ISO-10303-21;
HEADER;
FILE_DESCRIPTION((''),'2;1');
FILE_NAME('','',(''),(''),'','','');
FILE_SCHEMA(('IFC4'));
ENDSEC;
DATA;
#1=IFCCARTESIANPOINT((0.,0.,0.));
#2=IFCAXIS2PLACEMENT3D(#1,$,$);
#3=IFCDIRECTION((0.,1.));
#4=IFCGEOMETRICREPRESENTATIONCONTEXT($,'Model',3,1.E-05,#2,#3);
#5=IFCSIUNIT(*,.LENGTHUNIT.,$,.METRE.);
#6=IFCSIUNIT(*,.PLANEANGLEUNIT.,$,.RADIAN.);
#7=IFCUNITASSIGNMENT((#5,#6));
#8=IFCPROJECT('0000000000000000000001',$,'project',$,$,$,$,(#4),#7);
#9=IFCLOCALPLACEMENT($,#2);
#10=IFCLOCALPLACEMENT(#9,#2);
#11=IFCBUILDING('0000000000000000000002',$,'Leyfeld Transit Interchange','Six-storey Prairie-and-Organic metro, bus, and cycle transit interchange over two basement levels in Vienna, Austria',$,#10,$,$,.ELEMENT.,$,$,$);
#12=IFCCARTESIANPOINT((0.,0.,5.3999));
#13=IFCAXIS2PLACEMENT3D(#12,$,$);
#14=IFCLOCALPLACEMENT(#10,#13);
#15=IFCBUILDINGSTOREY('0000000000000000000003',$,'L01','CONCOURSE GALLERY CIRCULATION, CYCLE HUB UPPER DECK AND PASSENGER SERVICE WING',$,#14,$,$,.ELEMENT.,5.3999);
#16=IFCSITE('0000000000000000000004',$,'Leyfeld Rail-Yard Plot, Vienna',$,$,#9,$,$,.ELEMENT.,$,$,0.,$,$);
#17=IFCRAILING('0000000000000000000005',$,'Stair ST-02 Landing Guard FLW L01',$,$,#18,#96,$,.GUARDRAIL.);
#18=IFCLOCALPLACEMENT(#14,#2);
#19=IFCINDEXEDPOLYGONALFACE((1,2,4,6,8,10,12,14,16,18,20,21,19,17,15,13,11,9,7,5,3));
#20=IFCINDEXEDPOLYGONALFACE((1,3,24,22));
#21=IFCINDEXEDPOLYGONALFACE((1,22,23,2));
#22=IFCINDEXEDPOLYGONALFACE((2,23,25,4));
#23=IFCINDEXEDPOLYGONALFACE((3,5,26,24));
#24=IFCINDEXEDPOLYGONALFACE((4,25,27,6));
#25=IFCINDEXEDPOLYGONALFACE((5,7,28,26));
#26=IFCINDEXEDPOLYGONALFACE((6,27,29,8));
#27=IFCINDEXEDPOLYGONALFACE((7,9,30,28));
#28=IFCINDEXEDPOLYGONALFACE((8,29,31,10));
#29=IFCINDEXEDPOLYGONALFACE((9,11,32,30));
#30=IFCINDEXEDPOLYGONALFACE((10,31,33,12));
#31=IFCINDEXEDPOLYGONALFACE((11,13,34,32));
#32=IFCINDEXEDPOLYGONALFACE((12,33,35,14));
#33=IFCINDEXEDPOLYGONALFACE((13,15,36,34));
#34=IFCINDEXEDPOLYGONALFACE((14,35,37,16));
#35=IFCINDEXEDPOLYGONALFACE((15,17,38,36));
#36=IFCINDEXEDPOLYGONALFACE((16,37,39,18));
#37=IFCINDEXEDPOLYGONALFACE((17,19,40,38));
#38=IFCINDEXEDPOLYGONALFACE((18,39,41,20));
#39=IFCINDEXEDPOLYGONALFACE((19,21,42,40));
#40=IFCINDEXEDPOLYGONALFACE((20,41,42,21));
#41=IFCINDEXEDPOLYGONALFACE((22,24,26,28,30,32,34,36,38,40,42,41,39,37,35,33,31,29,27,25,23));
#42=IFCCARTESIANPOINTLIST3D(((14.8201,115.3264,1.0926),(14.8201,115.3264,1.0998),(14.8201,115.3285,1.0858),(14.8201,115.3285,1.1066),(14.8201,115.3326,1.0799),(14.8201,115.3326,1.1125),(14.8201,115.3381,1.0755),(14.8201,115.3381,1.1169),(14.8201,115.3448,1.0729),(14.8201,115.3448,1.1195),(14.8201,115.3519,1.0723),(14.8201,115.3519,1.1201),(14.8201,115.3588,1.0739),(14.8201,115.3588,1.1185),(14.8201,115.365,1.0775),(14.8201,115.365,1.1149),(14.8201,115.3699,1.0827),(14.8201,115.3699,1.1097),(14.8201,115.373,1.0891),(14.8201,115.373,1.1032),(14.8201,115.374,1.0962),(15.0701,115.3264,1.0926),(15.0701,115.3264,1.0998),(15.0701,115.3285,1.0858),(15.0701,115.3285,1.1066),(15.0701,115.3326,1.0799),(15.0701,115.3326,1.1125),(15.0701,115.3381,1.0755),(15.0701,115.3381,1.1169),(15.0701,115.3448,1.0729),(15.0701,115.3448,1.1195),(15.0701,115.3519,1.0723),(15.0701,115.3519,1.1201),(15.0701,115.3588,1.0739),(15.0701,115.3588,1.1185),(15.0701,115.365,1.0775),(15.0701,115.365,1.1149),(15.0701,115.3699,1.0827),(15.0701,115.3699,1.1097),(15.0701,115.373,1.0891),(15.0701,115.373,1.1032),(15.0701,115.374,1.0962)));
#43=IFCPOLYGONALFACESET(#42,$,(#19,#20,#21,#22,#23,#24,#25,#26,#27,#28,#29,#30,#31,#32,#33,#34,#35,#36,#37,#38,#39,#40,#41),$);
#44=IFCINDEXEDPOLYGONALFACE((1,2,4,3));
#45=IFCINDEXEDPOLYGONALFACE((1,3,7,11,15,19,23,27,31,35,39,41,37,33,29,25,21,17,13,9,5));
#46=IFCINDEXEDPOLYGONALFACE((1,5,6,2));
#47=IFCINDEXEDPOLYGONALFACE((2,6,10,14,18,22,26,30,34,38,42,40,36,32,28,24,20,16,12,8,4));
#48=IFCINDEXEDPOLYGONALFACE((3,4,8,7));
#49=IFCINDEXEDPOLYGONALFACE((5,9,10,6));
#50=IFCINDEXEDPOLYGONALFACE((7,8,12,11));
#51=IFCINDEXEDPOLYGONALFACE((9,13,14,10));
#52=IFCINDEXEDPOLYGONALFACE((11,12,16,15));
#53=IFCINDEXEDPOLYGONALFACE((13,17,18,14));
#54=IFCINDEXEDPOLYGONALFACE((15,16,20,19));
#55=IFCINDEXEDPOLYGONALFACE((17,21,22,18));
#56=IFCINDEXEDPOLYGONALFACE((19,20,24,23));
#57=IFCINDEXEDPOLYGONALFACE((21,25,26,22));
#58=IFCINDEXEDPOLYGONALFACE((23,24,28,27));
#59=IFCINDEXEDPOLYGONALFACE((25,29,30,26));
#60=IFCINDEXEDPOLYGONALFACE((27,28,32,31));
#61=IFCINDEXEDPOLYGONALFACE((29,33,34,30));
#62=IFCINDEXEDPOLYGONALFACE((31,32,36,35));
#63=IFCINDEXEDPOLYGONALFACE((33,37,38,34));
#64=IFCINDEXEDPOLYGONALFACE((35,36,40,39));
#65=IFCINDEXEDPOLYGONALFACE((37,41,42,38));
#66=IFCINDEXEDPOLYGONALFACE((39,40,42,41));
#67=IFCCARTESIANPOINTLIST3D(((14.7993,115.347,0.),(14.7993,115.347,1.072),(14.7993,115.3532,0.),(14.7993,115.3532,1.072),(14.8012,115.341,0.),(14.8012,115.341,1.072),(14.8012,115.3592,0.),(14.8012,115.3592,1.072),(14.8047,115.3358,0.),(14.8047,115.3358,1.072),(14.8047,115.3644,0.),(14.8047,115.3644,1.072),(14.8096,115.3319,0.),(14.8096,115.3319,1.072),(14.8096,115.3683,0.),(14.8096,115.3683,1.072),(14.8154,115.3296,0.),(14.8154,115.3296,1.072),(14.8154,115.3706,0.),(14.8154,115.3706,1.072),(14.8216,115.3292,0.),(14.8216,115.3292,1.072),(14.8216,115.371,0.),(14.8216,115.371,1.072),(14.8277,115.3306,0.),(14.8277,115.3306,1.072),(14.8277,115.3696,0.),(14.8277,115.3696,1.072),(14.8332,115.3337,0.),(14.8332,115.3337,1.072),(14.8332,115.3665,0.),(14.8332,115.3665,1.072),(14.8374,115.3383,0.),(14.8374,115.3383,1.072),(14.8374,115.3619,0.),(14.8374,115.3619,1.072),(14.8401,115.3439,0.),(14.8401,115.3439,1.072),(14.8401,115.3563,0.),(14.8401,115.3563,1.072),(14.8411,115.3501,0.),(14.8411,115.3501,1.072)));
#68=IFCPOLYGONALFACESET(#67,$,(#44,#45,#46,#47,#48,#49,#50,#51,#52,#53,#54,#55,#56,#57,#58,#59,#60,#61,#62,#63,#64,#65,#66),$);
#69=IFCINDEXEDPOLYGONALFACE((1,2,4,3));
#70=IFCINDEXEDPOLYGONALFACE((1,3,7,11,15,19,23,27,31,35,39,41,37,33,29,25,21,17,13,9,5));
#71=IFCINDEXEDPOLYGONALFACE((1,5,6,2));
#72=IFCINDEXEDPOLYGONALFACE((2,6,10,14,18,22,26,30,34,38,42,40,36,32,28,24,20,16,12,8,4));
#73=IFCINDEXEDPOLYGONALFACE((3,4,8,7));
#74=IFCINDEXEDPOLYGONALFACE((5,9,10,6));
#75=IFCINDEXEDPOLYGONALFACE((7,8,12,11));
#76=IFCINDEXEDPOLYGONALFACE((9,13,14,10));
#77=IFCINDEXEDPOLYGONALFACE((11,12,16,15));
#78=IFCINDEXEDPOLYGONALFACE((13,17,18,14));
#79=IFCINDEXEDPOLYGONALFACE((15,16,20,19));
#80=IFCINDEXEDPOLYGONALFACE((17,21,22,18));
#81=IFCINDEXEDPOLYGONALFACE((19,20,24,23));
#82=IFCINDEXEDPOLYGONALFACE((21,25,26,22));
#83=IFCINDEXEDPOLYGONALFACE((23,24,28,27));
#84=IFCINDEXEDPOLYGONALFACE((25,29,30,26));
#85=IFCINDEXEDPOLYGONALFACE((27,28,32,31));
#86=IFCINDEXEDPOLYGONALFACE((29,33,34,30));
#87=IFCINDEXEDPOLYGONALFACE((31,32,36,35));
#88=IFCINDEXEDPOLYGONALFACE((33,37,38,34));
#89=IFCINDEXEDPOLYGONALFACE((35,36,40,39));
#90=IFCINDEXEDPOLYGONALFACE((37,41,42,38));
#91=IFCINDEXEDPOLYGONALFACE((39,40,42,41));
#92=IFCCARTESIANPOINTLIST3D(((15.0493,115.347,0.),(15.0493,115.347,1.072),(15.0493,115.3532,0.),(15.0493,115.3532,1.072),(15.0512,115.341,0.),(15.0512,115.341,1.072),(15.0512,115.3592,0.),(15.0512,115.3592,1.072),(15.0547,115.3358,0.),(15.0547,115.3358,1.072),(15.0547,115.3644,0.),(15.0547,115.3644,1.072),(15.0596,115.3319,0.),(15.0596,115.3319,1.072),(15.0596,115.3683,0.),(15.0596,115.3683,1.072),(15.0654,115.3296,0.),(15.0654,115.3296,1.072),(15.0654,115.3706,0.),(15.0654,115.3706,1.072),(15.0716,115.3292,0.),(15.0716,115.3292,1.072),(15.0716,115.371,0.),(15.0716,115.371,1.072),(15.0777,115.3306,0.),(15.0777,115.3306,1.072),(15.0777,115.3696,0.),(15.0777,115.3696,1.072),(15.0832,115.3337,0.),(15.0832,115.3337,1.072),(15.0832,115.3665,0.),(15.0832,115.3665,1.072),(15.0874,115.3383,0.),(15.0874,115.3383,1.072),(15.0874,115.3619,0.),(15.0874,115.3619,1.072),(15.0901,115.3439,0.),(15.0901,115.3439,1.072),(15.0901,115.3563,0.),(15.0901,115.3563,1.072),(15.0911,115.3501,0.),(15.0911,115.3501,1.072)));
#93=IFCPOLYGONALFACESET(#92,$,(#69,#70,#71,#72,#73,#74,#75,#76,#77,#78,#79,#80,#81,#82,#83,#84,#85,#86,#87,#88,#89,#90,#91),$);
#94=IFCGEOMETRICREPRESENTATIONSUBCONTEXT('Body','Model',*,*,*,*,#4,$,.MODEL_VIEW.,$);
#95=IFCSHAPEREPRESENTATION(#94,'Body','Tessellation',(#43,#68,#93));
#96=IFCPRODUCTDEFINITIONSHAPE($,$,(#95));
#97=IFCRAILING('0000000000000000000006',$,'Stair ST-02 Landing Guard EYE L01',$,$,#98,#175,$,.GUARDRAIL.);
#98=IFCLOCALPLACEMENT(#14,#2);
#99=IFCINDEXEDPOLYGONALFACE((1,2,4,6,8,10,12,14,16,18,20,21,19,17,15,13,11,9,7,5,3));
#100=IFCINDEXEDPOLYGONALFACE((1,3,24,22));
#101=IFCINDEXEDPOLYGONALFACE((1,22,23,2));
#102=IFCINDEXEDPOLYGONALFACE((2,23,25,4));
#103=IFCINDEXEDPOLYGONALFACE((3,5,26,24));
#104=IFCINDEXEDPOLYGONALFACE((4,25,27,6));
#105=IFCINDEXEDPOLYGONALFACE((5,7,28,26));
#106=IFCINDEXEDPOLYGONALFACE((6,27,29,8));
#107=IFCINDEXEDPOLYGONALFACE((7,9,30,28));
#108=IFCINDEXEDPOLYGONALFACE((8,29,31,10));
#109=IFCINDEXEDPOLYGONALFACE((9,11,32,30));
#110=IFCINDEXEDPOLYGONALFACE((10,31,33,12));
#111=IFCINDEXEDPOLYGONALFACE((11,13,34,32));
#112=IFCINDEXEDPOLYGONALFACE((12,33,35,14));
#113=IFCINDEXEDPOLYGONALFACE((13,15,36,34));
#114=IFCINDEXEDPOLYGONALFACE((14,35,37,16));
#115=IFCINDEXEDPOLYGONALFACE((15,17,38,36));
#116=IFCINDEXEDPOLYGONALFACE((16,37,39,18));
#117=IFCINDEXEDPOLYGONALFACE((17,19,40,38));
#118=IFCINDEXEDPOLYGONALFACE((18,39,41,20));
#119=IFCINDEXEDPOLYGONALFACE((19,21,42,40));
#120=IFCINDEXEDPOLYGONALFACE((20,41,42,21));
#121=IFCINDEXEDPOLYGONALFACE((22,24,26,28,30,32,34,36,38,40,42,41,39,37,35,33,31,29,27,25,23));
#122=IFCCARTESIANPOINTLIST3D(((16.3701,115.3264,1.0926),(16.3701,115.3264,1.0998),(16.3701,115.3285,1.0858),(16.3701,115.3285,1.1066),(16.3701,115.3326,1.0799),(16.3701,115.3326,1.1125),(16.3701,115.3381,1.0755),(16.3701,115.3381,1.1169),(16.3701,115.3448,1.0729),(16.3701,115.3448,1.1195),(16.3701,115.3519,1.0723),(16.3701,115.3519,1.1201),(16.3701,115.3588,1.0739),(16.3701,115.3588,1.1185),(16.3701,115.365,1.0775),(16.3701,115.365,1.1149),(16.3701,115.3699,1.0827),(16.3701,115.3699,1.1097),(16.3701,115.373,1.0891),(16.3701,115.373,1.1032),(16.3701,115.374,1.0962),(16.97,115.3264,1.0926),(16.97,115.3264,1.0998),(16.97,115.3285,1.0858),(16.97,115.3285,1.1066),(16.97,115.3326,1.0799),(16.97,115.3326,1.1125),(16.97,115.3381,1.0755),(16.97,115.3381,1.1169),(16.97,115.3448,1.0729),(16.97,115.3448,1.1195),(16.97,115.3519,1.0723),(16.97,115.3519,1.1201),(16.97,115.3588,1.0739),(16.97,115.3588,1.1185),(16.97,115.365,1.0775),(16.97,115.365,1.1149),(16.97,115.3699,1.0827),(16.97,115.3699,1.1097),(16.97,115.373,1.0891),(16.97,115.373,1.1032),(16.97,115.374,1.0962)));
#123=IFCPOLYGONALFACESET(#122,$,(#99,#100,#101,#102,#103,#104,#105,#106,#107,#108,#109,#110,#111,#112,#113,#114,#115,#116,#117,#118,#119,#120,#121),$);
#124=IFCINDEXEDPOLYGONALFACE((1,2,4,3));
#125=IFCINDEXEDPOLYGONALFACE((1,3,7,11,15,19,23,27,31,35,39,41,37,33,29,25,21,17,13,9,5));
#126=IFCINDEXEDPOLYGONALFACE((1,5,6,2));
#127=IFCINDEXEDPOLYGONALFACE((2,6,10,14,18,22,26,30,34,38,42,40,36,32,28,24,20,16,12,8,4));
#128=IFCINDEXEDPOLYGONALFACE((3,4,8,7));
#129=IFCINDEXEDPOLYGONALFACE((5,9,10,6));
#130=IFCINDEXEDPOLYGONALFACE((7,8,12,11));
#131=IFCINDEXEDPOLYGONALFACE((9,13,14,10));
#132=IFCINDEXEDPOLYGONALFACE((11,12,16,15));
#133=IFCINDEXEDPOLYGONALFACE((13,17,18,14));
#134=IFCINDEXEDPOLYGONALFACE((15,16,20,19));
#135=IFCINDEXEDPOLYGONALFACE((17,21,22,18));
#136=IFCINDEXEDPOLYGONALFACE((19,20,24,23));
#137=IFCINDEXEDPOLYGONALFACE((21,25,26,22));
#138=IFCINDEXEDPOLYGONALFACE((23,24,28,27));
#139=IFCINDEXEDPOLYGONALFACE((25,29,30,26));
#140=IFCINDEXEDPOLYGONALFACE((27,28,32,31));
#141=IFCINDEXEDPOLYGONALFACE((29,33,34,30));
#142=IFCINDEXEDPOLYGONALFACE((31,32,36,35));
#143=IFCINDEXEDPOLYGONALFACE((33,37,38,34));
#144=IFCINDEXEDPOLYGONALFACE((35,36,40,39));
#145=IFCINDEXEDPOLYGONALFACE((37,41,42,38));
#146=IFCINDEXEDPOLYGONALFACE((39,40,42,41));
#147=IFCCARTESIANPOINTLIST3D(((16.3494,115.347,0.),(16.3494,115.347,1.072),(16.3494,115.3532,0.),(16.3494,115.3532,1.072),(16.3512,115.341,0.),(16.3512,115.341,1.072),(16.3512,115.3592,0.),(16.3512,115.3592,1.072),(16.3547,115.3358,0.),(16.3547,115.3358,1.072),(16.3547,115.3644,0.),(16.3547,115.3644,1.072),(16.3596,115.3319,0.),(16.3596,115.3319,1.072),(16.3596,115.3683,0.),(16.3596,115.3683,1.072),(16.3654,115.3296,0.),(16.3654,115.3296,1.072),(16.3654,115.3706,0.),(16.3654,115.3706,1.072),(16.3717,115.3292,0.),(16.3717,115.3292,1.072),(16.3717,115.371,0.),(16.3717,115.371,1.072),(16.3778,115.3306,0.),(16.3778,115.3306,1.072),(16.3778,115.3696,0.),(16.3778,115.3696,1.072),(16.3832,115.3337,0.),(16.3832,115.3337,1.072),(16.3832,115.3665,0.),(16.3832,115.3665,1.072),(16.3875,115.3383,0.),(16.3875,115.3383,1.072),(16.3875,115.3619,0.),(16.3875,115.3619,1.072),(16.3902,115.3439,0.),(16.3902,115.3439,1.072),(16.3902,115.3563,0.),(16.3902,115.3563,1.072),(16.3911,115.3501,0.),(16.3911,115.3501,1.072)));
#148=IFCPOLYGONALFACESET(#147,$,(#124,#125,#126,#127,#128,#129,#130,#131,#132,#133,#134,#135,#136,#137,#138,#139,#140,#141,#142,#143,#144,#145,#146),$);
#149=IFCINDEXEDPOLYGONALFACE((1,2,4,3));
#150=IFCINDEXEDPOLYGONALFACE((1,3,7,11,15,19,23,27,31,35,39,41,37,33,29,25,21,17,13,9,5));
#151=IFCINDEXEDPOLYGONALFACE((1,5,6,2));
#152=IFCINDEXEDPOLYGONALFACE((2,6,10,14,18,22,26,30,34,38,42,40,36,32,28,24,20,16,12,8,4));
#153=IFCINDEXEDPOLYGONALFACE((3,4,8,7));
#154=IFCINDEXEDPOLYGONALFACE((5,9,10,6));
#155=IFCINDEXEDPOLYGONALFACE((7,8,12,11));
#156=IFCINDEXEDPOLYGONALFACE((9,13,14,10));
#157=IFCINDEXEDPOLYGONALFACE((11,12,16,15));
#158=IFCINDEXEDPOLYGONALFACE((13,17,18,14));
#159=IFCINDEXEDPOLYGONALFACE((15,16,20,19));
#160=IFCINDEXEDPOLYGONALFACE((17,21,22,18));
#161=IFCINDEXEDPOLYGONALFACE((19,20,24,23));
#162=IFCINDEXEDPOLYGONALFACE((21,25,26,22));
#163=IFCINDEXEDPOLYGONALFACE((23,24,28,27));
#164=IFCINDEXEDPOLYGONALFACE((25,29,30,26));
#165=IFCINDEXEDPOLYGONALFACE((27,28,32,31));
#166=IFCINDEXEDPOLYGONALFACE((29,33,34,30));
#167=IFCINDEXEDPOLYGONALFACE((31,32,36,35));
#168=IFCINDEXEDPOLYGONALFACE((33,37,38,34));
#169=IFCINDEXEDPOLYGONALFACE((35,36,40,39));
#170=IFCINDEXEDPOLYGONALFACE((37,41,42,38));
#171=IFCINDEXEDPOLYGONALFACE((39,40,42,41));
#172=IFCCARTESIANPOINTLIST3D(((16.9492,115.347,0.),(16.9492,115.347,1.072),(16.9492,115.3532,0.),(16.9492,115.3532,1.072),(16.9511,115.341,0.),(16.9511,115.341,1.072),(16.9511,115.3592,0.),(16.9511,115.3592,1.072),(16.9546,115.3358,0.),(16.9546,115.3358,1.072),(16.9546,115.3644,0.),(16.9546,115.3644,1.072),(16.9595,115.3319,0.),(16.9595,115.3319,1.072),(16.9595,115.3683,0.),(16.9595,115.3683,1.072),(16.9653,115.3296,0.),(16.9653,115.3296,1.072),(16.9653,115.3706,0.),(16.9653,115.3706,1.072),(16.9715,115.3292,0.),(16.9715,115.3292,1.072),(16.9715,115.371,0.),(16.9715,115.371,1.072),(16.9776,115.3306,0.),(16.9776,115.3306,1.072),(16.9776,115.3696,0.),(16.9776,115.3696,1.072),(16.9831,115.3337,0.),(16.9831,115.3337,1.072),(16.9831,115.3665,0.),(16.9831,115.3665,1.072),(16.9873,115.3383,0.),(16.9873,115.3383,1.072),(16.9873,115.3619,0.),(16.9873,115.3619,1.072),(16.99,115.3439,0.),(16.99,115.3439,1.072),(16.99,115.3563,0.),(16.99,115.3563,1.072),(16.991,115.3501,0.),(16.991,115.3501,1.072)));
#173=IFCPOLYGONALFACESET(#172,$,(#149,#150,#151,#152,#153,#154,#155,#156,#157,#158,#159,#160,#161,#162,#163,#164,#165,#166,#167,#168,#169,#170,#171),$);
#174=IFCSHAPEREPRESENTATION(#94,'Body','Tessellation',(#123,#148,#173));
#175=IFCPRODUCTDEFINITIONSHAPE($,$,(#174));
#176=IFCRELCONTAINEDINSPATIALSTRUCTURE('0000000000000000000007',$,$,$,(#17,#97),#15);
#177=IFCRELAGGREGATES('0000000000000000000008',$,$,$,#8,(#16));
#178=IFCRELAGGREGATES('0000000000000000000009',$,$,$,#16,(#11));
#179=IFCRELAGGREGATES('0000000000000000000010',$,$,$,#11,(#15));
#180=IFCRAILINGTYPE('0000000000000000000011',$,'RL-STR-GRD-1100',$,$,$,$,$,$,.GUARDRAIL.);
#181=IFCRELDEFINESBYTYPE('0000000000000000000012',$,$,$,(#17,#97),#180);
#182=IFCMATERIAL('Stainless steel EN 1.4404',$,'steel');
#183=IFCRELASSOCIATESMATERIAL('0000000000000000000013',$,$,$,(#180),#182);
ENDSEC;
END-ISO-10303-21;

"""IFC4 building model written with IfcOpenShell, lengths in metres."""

from ifc_helpers import new_model, si_unit, direction, frame, origin, origin_2d, place, context, subcontext, project, spatial, circle, extrude, material, type_object, element, save


model = new_model("IFC4")

# Units and contexts
model_context = context("Model", 3, precision=1e-05, world=origin(), true_north=direction((0.0, 1.0)))
body_context = subcontext(model_context, "Body", "Model", "MODEL_VIEW")
ifc_project = project(units=[si_unit("LENGTHUNIT", "METRE"), si_unit("PLANEANGLEUNIT", "RADIAN")], contexts=[model_context])

# Site, building, storey
site_placement = place(None, origin())
site = spatial("IfcSite", under=ifc_project, at=site_placement, Name="Leyfeld Rail-Yard Plot, Vienna", CompositionType="ELEMENT", RefElevation=0.0)
building_placement = place(site_placement, origin())
building = spatial("IfcBuilding", under=site, at=building_placement, Name="Leyfeld Transit Interchange", Description="Six-storey Prairie-and-Organic metro, bus, and cycle transit interchange over two basement levels in Vienna, Austria", CompositionType="ELEMENT")
storey_placement = place(building_placement, frame((0.0, 0.0, 5.3999)))
storey = spatial("IfcBuildingStorey", under=building, at=storey_placement, Name="L01", Description="CONCOURSE GALLERY CIRCULATION, CYCLE HUB UPPER DECK AND PASSENGER SERVICE WING", CompositionType="ELEMENT", Elevation=5.3999)

# Shared definitions
ifc_material_1 = material(Name="Stainless steel EN 1.4404", Category="steel")

# Railings
railing_type_1 = type_object("IfcRailingType", Name="RL-STR-GRD-1100", PredefinedType="GUARDRAIL", material=ifc_material_1)
railing_1_placement = place(storey_placement, frame((14.8201, 115.3501, 0.0)))
element("IfcRailing", 1, at=railing_1_placement, inside=storey, type_object=railing_type_1, Name="Stair ST-02 Landing Guard FLW L01", PredefinedType="GUARDRAIL", context=body_context, shape_type="SweptSolid", body=[
    extrude(circle(Radius=0.0239, at=origin_2d()), frame((0.0, 0.0, 1.0962), z_axis=(1.0, 0.0, 0.0), x_axis=(0.0, 1.0, 0.0)), (0.0, 0.0, 1.0), 0.25),
    extrude(circle(Radius=0.021, at=origin_2d()), origin(), (0.0, 0.0, 1.0), 1.072),
    extrude(circle(Radius=0.021, at=origin_2d()), frame((0.25, 0.0, 0.0)), (0.0, 0.0, 1.0), 1.072),
])
railing_2_placement = place(storey_placement, frame((16.3701, 115.3501, 0.0)))
element("IfcRailing", 2, at=railing_2_placement, inside=storey, type_object=railing_type_1, Name="Stair ST-02 Landing Guard EYE L01", PredefinedType="GUARDRAIL", context=body_context, shape_type="SweptSolid", body=[
    extrude(circle(Radius=0.0239, at=origin_2d()), frame((0.0, 0.0, 1.0962), z_axis=(1.0, 0.0, 0.0), x_axis=(0.0, 1.0, 0.0)), (0.0, 0.0, 1.0), 0.5999),
    extrude(circle(Radius=0.021, at=origin_2d()), origin(), (0.0, 0.0, 1.0), 1.072),
    extrude(circle(Radius=0.021, at=origin_2d()), frame((0.5999, 0.0, 0.0)), (0.0, 0.0, 1.0), 1.072),
])

save(model, "model.ifc")
